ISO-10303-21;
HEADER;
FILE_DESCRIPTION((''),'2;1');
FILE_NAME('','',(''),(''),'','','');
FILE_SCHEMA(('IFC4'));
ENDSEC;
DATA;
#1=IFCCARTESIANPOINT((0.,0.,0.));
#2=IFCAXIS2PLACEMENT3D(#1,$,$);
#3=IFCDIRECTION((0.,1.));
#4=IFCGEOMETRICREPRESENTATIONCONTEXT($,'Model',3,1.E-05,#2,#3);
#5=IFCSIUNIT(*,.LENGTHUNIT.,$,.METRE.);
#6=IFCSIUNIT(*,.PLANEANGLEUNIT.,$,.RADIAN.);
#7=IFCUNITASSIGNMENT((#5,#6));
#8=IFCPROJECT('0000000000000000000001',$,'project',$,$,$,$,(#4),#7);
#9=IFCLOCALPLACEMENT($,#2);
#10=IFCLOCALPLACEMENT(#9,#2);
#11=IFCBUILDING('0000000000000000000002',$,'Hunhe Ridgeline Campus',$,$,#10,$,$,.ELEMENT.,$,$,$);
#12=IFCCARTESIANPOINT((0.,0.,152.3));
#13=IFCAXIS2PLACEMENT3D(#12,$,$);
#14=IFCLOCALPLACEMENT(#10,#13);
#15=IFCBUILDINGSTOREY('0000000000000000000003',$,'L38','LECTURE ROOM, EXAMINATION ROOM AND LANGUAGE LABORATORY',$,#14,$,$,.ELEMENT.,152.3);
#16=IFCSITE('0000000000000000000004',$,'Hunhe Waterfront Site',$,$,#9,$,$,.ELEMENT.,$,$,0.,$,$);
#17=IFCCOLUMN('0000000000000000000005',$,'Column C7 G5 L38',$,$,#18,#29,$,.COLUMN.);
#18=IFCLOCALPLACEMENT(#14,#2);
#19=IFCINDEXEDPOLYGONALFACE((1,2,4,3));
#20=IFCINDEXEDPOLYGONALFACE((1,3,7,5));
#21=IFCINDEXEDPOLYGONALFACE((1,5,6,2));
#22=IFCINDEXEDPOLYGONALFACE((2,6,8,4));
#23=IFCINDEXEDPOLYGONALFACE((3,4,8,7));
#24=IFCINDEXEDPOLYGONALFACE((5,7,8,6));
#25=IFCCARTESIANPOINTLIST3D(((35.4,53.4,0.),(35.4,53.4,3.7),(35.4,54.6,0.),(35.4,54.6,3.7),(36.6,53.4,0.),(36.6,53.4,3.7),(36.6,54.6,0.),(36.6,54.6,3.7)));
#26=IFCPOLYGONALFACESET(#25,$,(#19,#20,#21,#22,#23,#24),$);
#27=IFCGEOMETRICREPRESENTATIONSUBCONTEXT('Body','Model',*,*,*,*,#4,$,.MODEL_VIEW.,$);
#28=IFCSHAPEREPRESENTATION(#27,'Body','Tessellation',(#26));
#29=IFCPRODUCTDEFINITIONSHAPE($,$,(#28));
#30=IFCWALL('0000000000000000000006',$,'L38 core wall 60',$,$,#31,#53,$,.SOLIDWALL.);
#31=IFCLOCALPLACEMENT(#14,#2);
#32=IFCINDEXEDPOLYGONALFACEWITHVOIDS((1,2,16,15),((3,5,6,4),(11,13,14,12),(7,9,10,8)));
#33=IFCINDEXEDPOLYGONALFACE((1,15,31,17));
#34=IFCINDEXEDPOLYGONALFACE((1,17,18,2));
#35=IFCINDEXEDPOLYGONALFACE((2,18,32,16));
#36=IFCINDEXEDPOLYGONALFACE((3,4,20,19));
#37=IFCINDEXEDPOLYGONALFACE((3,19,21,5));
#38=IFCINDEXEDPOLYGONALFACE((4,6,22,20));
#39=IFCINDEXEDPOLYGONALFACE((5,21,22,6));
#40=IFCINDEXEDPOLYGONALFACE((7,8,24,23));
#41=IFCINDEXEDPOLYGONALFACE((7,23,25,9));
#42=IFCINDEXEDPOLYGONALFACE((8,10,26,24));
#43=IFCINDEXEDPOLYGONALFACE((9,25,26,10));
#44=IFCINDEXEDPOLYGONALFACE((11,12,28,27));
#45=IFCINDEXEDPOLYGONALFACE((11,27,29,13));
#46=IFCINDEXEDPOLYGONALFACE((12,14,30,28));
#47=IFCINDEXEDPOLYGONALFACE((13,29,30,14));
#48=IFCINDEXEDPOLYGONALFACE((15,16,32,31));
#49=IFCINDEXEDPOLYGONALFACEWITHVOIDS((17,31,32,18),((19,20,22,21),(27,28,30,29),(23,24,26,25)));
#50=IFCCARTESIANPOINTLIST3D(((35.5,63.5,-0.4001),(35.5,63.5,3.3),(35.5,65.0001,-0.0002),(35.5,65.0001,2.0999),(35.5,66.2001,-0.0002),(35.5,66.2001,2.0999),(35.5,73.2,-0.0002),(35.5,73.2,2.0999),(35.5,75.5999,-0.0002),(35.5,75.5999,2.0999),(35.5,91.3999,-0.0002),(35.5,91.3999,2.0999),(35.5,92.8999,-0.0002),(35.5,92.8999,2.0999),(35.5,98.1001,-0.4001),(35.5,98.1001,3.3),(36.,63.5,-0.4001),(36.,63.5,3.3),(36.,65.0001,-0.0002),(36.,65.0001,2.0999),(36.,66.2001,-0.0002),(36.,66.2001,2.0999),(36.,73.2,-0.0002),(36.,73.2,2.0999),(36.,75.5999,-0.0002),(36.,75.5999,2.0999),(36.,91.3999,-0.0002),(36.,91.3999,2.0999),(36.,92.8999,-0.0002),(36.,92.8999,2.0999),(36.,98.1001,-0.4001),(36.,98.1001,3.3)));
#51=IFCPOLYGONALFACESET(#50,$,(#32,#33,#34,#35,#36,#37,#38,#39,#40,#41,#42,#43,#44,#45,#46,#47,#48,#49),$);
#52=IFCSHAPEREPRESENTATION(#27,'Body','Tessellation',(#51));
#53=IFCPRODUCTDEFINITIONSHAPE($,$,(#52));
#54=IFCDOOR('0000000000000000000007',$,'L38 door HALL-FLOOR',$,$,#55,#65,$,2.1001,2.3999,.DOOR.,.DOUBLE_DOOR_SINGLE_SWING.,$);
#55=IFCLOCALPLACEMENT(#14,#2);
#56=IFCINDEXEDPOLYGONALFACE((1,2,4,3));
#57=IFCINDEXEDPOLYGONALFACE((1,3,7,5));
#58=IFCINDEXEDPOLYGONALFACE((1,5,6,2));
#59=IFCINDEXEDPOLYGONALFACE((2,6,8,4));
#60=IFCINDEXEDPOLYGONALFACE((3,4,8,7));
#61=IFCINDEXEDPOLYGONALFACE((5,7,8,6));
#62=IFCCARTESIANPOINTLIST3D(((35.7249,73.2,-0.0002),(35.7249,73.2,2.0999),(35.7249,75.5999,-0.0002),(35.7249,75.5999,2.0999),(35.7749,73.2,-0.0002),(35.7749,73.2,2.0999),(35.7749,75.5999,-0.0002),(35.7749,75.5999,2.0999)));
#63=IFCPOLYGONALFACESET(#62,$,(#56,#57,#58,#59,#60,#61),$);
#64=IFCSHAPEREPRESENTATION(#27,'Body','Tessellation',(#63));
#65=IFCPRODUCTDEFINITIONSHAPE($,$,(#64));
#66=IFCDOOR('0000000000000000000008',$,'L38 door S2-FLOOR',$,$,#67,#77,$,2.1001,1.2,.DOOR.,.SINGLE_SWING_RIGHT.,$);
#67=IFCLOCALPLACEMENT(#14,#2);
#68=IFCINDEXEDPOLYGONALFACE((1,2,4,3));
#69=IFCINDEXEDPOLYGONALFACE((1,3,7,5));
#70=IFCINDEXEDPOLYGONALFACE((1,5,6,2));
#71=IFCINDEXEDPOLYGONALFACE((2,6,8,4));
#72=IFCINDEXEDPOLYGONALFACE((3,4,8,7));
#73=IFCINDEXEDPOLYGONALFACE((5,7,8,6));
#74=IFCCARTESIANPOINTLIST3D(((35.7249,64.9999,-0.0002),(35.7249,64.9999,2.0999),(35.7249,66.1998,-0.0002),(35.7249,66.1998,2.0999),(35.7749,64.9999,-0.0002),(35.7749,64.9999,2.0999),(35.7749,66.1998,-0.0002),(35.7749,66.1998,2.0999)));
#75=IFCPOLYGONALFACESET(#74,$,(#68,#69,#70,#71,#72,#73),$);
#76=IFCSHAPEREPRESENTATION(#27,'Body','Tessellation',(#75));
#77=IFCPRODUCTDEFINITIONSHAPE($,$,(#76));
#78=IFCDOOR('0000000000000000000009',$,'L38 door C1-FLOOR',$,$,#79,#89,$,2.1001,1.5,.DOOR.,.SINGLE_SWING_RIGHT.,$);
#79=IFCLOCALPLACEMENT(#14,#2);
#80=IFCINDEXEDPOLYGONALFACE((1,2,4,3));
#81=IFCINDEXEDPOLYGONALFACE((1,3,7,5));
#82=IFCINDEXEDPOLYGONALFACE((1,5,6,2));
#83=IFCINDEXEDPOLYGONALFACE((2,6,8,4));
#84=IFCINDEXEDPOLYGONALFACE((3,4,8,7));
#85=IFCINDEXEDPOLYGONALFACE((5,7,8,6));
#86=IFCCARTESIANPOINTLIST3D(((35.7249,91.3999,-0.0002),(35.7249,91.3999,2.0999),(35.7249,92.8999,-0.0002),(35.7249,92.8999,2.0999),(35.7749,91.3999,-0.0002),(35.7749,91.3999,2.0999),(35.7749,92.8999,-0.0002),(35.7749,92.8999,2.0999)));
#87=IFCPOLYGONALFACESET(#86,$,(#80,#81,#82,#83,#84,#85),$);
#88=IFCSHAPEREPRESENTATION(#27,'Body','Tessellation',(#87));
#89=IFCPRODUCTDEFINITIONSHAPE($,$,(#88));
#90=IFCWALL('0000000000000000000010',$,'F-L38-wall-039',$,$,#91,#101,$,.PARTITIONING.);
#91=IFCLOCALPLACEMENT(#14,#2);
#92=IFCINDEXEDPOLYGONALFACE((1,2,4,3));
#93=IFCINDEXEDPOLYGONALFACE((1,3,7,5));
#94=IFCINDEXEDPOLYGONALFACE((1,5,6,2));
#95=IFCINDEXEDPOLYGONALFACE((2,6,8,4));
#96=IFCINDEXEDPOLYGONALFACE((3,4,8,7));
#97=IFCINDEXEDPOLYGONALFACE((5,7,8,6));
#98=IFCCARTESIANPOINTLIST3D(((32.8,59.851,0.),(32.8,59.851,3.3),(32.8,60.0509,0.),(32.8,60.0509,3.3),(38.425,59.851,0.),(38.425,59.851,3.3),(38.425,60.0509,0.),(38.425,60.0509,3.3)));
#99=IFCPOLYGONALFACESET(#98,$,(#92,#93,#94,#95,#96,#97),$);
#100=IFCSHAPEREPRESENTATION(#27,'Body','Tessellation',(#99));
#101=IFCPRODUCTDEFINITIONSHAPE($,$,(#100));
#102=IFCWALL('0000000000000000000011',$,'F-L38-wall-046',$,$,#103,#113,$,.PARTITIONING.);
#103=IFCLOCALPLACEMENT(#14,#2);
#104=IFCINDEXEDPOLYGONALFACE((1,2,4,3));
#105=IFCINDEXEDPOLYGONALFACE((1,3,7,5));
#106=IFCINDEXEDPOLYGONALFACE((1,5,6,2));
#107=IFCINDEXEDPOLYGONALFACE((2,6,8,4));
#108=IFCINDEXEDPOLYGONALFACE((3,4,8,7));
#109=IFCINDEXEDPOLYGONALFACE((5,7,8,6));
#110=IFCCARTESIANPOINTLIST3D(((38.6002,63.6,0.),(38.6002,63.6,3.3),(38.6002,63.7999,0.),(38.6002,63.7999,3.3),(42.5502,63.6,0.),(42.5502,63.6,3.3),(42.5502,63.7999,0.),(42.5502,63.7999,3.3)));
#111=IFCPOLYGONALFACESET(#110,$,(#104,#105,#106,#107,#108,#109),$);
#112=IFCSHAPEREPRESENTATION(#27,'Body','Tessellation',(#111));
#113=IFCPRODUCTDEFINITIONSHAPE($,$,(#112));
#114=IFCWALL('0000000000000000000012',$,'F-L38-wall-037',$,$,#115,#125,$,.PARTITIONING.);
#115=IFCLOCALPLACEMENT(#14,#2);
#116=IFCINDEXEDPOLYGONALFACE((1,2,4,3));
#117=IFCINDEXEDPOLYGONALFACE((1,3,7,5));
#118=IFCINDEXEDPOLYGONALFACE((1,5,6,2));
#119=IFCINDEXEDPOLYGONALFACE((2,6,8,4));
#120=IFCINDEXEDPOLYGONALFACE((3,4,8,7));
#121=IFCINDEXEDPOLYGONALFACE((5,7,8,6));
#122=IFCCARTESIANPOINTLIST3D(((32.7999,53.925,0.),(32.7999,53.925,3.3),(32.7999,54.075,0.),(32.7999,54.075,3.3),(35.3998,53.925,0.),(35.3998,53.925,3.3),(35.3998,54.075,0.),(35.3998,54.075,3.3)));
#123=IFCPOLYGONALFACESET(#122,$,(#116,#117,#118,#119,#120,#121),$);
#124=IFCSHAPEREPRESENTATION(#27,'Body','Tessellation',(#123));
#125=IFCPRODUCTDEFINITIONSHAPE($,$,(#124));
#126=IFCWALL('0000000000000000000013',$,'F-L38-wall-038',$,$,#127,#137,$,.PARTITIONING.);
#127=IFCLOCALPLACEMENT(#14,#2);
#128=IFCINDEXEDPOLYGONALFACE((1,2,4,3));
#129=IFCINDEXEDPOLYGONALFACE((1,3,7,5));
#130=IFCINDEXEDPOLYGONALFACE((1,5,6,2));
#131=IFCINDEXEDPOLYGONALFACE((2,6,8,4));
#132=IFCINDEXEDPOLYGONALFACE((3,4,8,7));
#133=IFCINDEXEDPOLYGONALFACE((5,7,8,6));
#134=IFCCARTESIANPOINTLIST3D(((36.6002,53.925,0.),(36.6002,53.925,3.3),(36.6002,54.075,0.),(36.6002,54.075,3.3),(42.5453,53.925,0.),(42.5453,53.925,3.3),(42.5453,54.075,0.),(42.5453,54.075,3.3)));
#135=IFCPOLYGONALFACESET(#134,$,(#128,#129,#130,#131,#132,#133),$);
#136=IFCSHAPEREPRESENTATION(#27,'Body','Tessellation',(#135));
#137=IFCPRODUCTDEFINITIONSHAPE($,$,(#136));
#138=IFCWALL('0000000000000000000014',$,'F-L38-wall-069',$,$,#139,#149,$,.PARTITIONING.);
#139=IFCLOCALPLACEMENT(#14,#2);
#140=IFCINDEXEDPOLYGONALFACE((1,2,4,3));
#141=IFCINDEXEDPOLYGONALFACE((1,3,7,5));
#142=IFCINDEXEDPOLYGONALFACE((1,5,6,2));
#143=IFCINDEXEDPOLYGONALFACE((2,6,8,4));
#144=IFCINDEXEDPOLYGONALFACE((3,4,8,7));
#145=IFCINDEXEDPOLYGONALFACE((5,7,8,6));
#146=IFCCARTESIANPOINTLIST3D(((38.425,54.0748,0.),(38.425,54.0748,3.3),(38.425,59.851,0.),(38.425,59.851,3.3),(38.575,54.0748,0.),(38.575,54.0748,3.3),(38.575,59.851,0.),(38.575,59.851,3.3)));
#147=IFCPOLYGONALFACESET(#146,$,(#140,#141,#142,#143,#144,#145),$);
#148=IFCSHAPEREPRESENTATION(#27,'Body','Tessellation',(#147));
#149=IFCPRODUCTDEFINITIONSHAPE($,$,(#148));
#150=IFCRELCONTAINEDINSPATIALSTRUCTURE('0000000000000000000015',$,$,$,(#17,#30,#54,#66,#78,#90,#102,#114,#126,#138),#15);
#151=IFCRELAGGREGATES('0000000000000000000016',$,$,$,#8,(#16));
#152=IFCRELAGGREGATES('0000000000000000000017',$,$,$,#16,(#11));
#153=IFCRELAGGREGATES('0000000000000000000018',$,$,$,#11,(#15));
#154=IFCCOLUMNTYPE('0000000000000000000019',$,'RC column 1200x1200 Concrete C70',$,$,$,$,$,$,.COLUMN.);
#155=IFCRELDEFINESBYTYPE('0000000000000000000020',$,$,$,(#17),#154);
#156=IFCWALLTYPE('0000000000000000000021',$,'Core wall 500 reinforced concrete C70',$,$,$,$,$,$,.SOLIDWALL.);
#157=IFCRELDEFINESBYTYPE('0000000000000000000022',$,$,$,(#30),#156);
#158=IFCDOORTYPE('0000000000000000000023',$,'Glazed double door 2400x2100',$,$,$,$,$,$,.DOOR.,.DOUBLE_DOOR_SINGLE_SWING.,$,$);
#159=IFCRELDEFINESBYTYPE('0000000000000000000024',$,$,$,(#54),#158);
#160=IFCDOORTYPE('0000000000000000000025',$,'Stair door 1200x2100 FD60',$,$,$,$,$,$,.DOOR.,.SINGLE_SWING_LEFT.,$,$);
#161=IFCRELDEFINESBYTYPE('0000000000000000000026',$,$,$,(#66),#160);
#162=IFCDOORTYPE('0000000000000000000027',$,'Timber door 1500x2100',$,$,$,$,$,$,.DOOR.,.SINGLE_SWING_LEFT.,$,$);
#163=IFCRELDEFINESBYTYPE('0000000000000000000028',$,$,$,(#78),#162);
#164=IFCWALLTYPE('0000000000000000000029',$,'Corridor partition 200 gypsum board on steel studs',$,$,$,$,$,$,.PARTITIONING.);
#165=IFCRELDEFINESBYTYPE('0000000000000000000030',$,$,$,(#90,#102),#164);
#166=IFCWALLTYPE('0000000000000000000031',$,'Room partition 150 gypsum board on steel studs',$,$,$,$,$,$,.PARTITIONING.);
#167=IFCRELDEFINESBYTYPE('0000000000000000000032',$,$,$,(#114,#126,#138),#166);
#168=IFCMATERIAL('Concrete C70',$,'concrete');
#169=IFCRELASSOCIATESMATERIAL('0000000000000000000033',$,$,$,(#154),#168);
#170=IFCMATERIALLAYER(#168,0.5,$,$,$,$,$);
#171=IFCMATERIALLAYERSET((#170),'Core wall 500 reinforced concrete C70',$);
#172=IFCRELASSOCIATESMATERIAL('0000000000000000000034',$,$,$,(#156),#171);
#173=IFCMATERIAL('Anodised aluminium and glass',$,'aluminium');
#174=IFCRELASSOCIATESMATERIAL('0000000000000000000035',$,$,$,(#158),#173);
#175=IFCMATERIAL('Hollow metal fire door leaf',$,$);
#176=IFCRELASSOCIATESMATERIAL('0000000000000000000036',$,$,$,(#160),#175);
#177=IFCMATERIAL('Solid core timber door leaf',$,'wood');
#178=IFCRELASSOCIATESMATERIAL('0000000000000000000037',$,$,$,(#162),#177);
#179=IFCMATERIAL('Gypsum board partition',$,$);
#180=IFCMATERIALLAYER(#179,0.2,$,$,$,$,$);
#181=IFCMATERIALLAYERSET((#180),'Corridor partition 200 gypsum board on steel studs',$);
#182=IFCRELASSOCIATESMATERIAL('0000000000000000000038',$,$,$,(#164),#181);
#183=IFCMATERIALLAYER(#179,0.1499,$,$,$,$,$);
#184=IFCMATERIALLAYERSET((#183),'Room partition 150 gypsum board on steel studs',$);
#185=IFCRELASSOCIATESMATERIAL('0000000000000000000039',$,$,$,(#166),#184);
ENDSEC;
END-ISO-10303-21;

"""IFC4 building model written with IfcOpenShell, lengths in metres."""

from ifc_helpers import new_model, si_unit, direction, frame, frame_2d, origin, origin_2d, place, context, subcontext, project, spatial, rectangle, extrude, material, layer, layer_set, material_profile, profile_set, type_object, element, fill, save


model = new_model("IFC4")

# Units and contexts
model_context = context("Model", 3, precision=1e-05, world=origin(), true_north=direction((0.0, 1.0)))
body_context = subcontext(model_context, "Body", "Model", "MODEL_VIEW")
ifc_project = project(units=[si_unit("LENGTHUNIT", "METRE"), si_unit("PLANEANGLEUNIT", "RADIAN")], contexts=[model_context])

# Site, building, storey
site_placement = place(None, origin())
site = spatial("IfcSite", under=ifc_project, at=site_placement, Name="Hunhe Waterfront Site", CompositionType="ELEMENT", RefElevation=0.0)
building_placement = place(site_placement, origin())
building = spatial("IfcBuilding", under=site, at=building_placement, Name="Hunhe Ridgeline Campus", CompositionType="ELEMENT")
storey_placement = place(building_placement, frame((0.0, 0.0, 152.3)))
storey = spatial("IfcBuildingStorey", under=building, at=storey_placement, Name="L38", Description="LECTURE ROOM, EXAMINATION ROOM AND LANGUAGE LABORATORY", CompositionType="ELEMENT", Elevation=152.3)

# Column
ifc_material_1 = material(Name="Concrete C70", Category="concrete")
ifc_material_profile = material_profile(ifc_material_1, rectangle(XDim=1.2, YDim=1.2, at=origin_2d()))
ifc_profile_set = profile_set([ifc_material_profile], Name="Concrete C70")
column_type = type_object("IfcColumnType", Name="RC column 1200x1200 Concrete C70", PredefinedType="COLUMN", material=ifc_profile_set)
column_placement = place(storey_placement, frame((36.0, 54.0, 0.0), z_axis=(0.0, 0.0, 1.0), x_axis=(1.0, 0.0, 0.0)))
element("IfcColumn", 1, at=column_placement, inside=storey, type_object=column_type, Name="Column C7 G5 L38", PredefinedType="COLUMN", context=body_context, shape_type="SweptSolid", body=[
    extrude(rectangle(XDim=1.2, YDim=1.2, at=origin_2d()), origin(), (0.0, 0.0, 1.0), 3.7),
])

# Wall, openings, doors
ifc_layer_1 = layer(ifc_material_1, 0.5)
ifc_layer_set_1 = layer_set([ifc_layer_1], Name="Core wall 500 reinforced concrete C70")
wall_type_1 = type_object("IfcWallType", Name="Core wall 500 reinforced concrete C70", PredefinedType="SOLIDWALL", material=ifc_layer_set_1)
wall_1_placement = place(storey_placement, frame((35.75, 63.5, -0.4001), z_axis=(0.0, 0.0, 1.0), x_axis=(0.0, 1.0, 0.0)))
wall_1 = element("IfcWall", 2, at=wall_1_placement, inside=storey, type_object=wall_type_1, Name="L38 core wall 60", PredefinedType="SOLIDWALL", context=body_context, shape_type="SweptSolid", body=[
    extrude(rectangle(XDim=34.6001, YDim=0.5, at=frame_2d((17.3, 0.0))), origin(), (0.0, 0.0, 1.0), 3.7002),
])
opening_1_placement = place(wall_1_placement, frame((9.7, 0.0, 0.3999)))
opening_1 = element("IfcOpeningElement", 3, at=opening_1_placement, cuts=wall_1, PredefinedType="OPENING", context=body_context, shape_type="SweptSolid", body=[
    extrude(rectangle(XDim=2.3999, YDim=2.1001, at=frame_2d((1.2, 1.05))), frame((0.0, 0.25, 0.0), z_axis=(0.0, -1.0, 0.0), x_axis=(1.0, 0.0, 0.0)), (0.0, 0.0, 1.0), 0.5),
])
opening_2_placement = place(wall_1_placement, frame((27.8999, 0.0, 0.3999)))
opening_2 = element("IfcOpeningElement", 4, at=opening_2_placement, cuts=wall_1, PredefinedType="OPENING", context=body_context, shape_type="SweptSolid", body=[
    extrude(rectangle(XDim=1.5, YDim=2.1001, at=frame_2d((0.75, 1.05))), frame((0.0, 0.25, 0.0), z_axis=(0.0, -1.0, 0.0), x_axis=(1.0, 0.0, 0.0)), (0.0, 0.0, 1.0), 0.5),
])
opening_3_placement = place(wall_1_placement, frame((1.5, 0.0, 0.3999)))
opening_3 = element("IfcOpeningElement", 5, at=opening_3_placement, cuts=wall_1, PredefinedType="OPENING", context=body_context, shape_type="SweptSolid", body=[
    extrude(rectangle(XDim=1.2, YDim=2.1001, at=frame_2d((0.6001, 1.05))), frame((0.0, 0.25, 0.0), z_axis=(0.0, -1.0, 0.0), x_axis=(1.0, 0.0, 0.0)), (0.0, 0.0, 1.0), 0.5),
])
ifc_material_2 = material(Name="Anodised aluminium and glass", Category="aluminium")
door_type_1 = type_object("IfcDoorType", Name="Glazed double door 2400x2100", OperationType="DOUBLE_DOOR_SINGLE_SWING", PredefinedType="DOOR", material=ifc_material_2)
door_1_placement = place(opening_1_placement, frame((2.3999, 0.0, 0.0), z_axis=(0.0, 0.0, 1.0), x_axis=(-1.0, 0.0, 0.0)))
door_1 = element("IfcDoor", 6, at=door_1_placement, inside=storey, type_object=door_type_1, Name="L38 door HALL-FLOOR", OperationType="DOUBLE_DOOR_SINGLE_SWING", OverallHeight=2.1001, OverallWidth=2.3999, PredefinedType="DOOR", context=body_context, shape_type="SweptSolid", body=[
    extrude(rectangle(XDim=2.3999, YDim=2.1001, at=frame_2d((1.2, 1.05))), frame((0.0, 0.0249, 0.0), z_axis=(0.0, -1.0, 0.0), x_axis=(1.0, 0.0, 0.0)), (0.0, 0.0, 1.0), 0.05),
])
fill(opening_1, door_1)
ifc_material_3 = material(Name="Hollow metal fire door leaf")
door_type_2 = type_object("IfcDoorType", Name="Stair door 1200x2100 FD60", OperationType="SINGLE_SWING_LEFT", PredefinedType="DOOR", material=ifc_material_3)
door_2_placement = place(opening_3_placement, frame((1.2, 0.0, 0.0), z_axis=(0.0, 0.0, 1.0), x_axis=(-1.0, 0.0, 0.0)))
door_2 = element("IfcDoor", 7, at=door_2_placement, inside=storey, type_object=door_type_2, Name="L38 door S2-FLOOR", OperationType="SINGLE_SWING_RIGHT", OverallHeight=2.1001, OverallWidth=1.2, PredefinedType="DOOR", context=body_context, shape_type="SweptSolid", body=[
    extrude(rectangle(XDim=1.2, YDim=2.1001, at=frame_2d((0.6001, 1.05))), frame((0.0, 0.0249, 0.0), z_axis=(0.0, -1.0, 0.0), x_axis=(1.0, 0.0, 0.0)), (0.0, 0.0, 1.0), 0.05),
])
fill(opening_3, door_2)
ifc_material_4 = material(Name="Solid core timber door leaf", Category="wood")
door_type_3 = type_object("IfcDoorType", Name="Timber door 1500x2100", OperationType="SINGLE_SWING_LEFT", PredefinedType="DOOR", material=ifc_material_4)
door_3_placement = place(opening_2_placement, frame((1.5, 0.0, 0.0), z_axis=(0.0, 0.0, 1.0), x_axis=(-1.0, 0.0, 0.0)))
door_3 = element("IfcDoor", 8, at=door_3_placement, inside=storey, type_object=door_type_3, Name="L38 door C1-FLOOR", OperationType="SINGLE_SWING_RIGHT", OverallHeight=2.1001, OverallWidth=1.5, PredefinedType="DOOR", context=body_context, shape_type="SweptSolid", body=[
    extrude(rectangle(XDim=1.5, YDim=2.1001, at=frame_2d((0.75, 1.05))), frame((0.0, 0.0249, 0.0), z_axis=(0.0, -1.0, 0.0), x_axis=(1.0, 0.0, 0.0)), (0.0, 0.0, 1.0), 0.05),
])
fill(opening_2, door_3)

# Walls
ifc_material_5 = material(Name="Gypsum board partition")
ifc_layer_2 = layer(ifc_material_5, 0.2)
ifc_layer_set_2 = layer_set([ifc_layer_2], Name="Corridor partition 200 gypsum board on steel studs")
wall_type_2 = type_object("IfcWallType", Name="Corridor partition 200 gypsum board on steel studs", PredefinedType="PARTITIONING", material=ifc_layer_set_2)
wall_2_placement = place(storey_placement, frame((38.425, 59.9509, 0.0), z_axis=(0.0, 0.0, 1.0), x_axis=(-1.0, 0.0, 0.0)))
element("IfcWall", 9, at=wall_2_placement, inside=storey, type_object=wall_type_2, Name="F-L38-wall-039", PredefinedType="PARTITIONING", context=body_context, shape_type="SweptSolid", body=[
    extrude(rectangle(XDim=5.625, YDim=0.2, at=frame_2d((2.8125, 0.0))), origin(), (0.0, 0.0, 1.0), 3.3),
])
wall_3_placement = place(storey_placement, frame((38.6001, 63.7, 0.0), z_axis=(0.0, 0.0, 1.0), x_axis=(1.0, 0.0, 0.0)))
element("IfcWall", 10, at=wall_3_placement, inside=storey, type_object=wall_type_2, Name="F-L38-wall-046", PredefinedType="PARTITIONING", context=body_context, shape_type="SweptSolid", body=[
    extrude(rectangle(XDim=3.95, YDim=0.2, at=frame_2d((1.9751, 0.0))), origin(), (0.0, 0.0, 1.0), 3.3),
])

# Walls
ifc_layer_3 = layer(ifc_material_5, 0.1499)
ifc_layer_set_3 = layer_set([ifc_layer_3], Name="Room partition 150 gypsum board on steel studs")
wall_type_3 = type_object("IfcWallType", Name="Room partition 150 gypsum board on steel studs", PredefinedType="PARTITIONING", material=ifc_layer_set_3)
wall_4_placement = place(storey_placement, frame((32.8, 54.0, 0.0), z_axis=(0.0, 0.0, 1.0), x_axis=(1.0, 0.0, 0.0)))
element("IfcWall", 11, at=wall_4_placement, inside=storey, type_object=wall_type_3, Name="F-L38-wall-037", PredefinedType="PARTITIONING", context=body_context, shape_type="SweptSolid", body=[
    extrude(rectangle(XDim=2.5999, YDim=0.1499, at=frame_2d((1.2998, 0.0))), origin(), (0.0, 0.0, 1.0), 3.3),
])
wall_5_placement = place(storey_placement, frame((36.6001, 54.0, 0.0), z_axis=(0.0, 0.0, 1.0), x_axis=(1.0, 0.0, 0.0)))
element("IfcWall", 12, at=wall_5_placement, inside=storey, type_object=wall_type_3, Name="F-L38-wall-038", PredefinedType="PARTITIONING", context=body_context, shape_type="SweptSolid", body=[
    extrude(rectangle(XDim=5.9451, YDim=0.1499, at=frame_2d((2.9727, 0.0))), origin(), (0.0, 0.0, 1.0), 3.3),
])
wall_6_placement = place(storey_placement, frame((38.5, 59.8511, 0.0), z_axis=(0.0, 0.0, 1.0), x_axis=(0.0, -1.0, 0.0)))
element("IfcWall", 13, at=wall_6_placement, inside=storey, type_object=wall_type_3, Name="F-L38-wall-069", PredefinedType="PARTITIONING", context=body_context, shape_type="SweptSolid", body=[
    extrude(rectangle(XDim=5.7761, YDim=0.1499, at=frame_2d((2.8882, 0.0))), origin(), (0.0, 0.0, 1.0), 3.3),
])

save(model, "model.ifc")
